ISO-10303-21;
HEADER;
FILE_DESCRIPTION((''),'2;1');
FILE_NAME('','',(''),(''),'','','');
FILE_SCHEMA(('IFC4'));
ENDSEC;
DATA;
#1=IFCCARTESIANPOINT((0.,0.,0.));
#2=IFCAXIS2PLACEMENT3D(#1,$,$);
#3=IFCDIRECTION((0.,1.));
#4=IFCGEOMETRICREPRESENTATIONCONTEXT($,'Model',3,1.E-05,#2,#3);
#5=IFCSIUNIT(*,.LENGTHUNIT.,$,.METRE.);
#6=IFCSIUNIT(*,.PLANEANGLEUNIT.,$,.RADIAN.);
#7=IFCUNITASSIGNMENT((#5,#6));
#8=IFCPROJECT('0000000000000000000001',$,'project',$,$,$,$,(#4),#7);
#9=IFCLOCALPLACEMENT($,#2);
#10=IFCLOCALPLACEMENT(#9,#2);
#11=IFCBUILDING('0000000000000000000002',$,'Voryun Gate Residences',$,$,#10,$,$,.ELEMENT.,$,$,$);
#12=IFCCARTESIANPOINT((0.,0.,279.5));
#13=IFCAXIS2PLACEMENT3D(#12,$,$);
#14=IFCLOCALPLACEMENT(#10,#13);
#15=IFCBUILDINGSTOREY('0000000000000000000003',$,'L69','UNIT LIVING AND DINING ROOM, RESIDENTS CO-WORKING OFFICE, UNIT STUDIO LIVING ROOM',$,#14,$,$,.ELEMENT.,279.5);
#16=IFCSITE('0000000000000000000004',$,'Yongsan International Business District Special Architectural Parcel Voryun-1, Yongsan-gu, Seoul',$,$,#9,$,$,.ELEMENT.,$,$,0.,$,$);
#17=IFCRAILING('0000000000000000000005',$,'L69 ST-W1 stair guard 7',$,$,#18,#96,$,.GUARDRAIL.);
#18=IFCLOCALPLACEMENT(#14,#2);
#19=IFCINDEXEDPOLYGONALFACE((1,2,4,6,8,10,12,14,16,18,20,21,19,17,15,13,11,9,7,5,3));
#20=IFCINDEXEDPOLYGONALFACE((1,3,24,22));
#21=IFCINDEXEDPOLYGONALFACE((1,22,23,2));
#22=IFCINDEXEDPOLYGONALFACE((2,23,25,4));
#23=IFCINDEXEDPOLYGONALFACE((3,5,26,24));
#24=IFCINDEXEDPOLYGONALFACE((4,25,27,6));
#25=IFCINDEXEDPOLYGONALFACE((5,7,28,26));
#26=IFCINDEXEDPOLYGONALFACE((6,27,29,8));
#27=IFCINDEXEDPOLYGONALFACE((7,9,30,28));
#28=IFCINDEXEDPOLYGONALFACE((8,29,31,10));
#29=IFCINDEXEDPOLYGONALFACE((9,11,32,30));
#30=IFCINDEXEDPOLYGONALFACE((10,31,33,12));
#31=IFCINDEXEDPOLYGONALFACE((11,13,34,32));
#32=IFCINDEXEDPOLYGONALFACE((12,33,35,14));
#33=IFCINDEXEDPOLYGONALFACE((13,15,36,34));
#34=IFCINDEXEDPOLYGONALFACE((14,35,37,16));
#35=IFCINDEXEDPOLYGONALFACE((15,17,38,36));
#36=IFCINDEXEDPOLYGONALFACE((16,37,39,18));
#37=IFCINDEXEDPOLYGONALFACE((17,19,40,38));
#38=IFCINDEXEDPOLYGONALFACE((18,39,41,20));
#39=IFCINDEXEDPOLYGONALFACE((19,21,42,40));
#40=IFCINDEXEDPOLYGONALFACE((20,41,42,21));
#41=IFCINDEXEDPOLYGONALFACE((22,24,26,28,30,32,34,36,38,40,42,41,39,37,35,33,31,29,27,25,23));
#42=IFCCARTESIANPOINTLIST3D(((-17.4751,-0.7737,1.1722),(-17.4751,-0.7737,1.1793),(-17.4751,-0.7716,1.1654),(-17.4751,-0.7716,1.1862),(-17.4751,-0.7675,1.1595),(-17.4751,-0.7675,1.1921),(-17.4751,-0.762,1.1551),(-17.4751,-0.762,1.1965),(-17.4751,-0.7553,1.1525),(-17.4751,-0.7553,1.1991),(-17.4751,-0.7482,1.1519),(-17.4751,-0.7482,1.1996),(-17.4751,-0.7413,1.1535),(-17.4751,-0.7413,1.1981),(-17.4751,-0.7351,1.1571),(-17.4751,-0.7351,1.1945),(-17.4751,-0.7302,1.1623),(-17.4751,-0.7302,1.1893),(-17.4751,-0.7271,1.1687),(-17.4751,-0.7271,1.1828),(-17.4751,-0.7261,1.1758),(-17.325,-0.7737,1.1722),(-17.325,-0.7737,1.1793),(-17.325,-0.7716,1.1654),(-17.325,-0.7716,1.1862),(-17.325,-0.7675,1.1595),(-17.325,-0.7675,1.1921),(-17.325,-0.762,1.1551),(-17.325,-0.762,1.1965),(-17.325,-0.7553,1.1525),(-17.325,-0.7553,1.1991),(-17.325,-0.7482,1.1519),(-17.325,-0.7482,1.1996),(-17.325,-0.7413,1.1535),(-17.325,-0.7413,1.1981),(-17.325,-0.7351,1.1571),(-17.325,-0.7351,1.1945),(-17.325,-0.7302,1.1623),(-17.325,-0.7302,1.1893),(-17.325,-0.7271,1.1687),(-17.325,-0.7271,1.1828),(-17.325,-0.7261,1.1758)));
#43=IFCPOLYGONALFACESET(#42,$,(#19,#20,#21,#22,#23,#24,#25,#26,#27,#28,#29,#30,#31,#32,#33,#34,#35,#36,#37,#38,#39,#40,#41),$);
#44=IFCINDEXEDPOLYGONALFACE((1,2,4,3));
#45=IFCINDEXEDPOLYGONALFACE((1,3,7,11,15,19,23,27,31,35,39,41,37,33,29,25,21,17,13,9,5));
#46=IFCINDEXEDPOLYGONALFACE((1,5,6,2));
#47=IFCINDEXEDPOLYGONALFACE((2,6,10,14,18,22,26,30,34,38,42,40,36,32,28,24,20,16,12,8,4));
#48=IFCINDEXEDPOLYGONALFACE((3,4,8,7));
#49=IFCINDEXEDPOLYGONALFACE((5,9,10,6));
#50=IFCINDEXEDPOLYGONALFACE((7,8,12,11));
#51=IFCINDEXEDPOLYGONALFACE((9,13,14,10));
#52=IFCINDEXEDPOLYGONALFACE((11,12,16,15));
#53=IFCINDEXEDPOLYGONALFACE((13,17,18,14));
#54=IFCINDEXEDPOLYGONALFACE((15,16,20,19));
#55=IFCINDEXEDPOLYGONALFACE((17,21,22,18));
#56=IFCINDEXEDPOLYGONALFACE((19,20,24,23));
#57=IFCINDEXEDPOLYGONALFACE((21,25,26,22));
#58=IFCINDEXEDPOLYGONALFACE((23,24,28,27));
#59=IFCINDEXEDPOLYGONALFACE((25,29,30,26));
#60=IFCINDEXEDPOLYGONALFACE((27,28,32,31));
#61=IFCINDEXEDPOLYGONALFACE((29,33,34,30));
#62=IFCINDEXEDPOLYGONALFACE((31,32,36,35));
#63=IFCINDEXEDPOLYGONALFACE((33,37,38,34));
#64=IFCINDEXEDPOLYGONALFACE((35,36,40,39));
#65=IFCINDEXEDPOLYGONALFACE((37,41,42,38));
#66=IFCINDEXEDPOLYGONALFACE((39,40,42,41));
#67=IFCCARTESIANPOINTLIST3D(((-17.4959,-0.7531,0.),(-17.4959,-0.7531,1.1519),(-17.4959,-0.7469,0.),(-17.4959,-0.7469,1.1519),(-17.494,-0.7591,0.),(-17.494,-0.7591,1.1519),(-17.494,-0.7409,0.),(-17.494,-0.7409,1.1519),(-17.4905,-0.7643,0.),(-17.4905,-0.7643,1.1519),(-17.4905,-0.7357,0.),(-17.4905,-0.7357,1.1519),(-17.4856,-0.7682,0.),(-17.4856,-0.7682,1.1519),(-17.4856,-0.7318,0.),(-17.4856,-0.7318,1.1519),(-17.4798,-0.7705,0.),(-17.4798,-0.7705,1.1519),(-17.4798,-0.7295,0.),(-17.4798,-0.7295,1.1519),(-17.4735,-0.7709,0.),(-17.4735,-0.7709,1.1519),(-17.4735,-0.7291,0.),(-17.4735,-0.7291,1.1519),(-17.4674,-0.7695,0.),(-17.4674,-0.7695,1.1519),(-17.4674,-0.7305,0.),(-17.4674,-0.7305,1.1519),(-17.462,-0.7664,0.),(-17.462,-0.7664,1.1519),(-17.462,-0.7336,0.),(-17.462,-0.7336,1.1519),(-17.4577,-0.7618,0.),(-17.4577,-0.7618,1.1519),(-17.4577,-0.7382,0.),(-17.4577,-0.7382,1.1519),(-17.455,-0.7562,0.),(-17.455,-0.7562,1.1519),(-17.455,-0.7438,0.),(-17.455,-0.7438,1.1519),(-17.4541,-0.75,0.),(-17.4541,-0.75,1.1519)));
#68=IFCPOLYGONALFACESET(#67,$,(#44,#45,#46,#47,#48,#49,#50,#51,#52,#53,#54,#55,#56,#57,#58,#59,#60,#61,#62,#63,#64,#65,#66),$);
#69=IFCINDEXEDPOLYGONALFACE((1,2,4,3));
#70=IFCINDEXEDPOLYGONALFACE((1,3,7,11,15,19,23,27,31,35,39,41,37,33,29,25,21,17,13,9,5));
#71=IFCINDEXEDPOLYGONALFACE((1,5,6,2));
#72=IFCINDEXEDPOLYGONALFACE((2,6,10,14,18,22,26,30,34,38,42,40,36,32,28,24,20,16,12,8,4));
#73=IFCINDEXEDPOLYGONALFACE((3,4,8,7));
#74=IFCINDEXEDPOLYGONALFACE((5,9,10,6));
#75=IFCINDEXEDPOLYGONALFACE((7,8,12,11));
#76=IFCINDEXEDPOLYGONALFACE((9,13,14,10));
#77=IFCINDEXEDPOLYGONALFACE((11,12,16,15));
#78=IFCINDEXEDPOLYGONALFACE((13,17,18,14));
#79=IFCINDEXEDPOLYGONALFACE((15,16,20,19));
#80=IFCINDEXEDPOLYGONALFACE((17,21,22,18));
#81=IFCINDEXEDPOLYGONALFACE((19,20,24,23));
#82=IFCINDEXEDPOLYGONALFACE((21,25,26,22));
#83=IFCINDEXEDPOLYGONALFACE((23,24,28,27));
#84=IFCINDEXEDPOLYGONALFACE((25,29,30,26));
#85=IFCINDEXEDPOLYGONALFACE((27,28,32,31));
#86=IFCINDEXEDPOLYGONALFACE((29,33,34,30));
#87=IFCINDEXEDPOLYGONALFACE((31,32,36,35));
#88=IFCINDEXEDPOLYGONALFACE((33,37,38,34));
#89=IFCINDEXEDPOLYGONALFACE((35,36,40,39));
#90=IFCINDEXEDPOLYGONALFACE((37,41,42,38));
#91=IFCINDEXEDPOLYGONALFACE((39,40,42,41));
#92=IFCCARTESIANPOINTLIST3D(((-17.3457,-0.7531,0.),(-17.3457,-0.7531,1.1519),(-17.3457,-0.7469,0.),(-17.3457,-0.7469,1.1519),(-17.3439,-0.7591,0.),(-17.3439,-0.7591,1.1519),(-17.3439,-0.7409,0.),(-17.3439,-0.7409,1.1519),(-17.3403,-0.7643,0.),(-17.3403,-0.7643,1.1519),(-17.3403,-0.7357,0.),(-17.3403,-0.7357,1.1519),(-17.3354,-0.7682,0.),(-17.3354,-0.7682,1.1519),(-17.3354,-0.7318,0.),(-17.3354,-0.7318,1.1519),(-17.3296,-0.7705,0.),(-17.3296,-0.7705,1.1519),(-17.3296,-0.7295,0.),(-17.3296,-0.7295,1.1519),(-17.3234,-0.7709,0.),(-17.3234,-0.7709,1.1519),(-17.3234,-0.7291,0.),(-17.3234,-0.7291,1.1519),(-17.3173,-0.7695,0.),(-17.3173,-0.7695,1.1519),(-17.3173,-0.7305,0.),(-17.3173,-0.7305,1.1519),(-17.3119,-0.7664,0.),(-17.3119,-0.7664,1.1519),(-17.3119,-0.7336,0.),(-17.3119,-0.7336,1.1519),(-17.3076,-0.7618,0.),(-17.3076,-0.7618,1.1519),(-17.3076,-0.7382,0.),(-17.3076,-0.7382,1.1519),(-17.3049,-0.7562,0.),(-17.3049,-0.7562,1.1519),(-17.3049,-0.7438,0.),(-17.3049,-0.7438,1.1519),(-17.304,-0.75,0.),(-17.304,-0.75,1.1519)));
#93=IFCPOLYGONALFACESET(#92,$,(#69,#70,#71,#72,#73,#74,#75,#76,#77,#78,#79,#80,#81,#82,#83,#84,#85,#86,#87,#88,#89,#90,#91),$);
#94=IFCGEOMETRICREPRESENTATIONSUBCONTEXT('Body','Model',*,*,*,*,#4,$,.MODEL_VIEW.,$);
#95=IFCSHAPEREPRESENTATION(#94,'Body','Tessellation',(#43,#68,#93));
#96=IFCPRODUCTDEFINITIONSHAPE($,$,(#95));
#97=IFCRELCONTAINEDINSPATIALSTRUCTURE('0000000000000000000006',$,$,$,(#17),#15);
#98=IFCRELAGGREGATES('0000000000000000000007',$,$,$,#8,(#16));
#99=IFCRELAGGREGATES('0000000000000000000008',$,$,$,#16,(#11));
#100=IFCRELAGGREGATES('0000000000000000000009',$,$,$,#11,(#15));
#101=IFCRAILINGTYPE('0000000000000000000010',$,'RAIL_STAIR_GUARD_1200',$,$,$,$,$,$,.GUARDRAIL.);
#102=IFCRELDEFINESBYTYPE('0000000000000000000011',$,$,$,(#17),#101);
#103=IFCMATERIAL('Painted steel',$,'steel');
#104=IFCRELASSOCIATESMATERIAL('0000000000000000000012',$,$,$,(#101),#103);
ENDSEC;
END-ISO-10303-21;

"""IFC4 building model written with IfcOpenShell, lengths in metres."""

from ifc_helpers import new_model, si_unit, direction, frame, origin, origin_2d, place, context, subcontext, project, spatial, circle, extrude, material, type_object, element, save


model = new_model("IFC4")

# Units and contexts
model_context = context("Model", 3, precision=1e-05, world=origin(), true_north=direction((0.0, 1.0)))
body_context = subcontext(model_context, "Body", "Model", "MODEL_VIEW")
ifc_project = project(units=[si_unit("LENGTHUNIT", "METRE"), si_unit("PLANEANGLEUNIT", "RADIAN")], contexts=[model_context])

# Site, building, storey
site_placement = place(None, origin())
site = spatial("IfcSite", under=ifc_project, at=site_placement, Name="Yongsan International Business District Special Architectural Parcel Voryun-1, Yongsan-gu, Seoul", CompositionType="ELEMENT", RefElevation=0.0)
building_placement = place(site_placement, origin())
building = spatial("IfcBuilding", under=site, at=building_placement, Name="Voryun Gate Residences", CompositionType="ELEMENT")
storey_placement = place(building_placement, frame((0.0, 0.0, 279.5)))
storey = spatial("IfcBuildingStorey", under=building, at=storey_placement, Name="L69", Description="UNIT LIVING AND DINING ROOM, RESIDENTS CO-WORKING OFFICE, UNIT STUDIO LIVING ROOM", CompositionType="ELEMENT", Elevation=279.5)

# Railing
ifc_material_1 = material(Name="Painted steel", Category="steel")
railing_type_1 = type_object("IfcRailingType", Name="RAIL_STAIR_GUARD_1200", PredefinedType="GUARDRAIL", material=ifc_material_1)
railing_1_placement = place(storey_placement, frame((-17.4751, -0.75, 0.0)))
element("IfcRailing", 1, at=railing_1_placement, inside=storey, type_object=railing_type_1, Name="L69 ST-W1 stair guard 7", PredefinedType="GUARDRAIL", context=body_context, shape_type="SweptSolid", body=[
    extrude(circle(Radius=0.0239, at=origin_2d()), frame((0.0, 0.0, 1.1758), z_axis=(1.0, 0.0, 0.0), x_axis=(0.0, 1.0, 0.0)), (0.0, 0.0, 1.0), 0.1501),
    extrude(circle(Radius=0.021, at=origin_2d()), origin(), (0.0, 0.0, 1.0), 1.1519),
    extrude(circle(Radius=0.021, at=origin_2d()), frame((0.1501, 0.0, 0.0)), (0.0, 0.0, 1.0), 1.1519),
])

save(model, "model.ifc")
